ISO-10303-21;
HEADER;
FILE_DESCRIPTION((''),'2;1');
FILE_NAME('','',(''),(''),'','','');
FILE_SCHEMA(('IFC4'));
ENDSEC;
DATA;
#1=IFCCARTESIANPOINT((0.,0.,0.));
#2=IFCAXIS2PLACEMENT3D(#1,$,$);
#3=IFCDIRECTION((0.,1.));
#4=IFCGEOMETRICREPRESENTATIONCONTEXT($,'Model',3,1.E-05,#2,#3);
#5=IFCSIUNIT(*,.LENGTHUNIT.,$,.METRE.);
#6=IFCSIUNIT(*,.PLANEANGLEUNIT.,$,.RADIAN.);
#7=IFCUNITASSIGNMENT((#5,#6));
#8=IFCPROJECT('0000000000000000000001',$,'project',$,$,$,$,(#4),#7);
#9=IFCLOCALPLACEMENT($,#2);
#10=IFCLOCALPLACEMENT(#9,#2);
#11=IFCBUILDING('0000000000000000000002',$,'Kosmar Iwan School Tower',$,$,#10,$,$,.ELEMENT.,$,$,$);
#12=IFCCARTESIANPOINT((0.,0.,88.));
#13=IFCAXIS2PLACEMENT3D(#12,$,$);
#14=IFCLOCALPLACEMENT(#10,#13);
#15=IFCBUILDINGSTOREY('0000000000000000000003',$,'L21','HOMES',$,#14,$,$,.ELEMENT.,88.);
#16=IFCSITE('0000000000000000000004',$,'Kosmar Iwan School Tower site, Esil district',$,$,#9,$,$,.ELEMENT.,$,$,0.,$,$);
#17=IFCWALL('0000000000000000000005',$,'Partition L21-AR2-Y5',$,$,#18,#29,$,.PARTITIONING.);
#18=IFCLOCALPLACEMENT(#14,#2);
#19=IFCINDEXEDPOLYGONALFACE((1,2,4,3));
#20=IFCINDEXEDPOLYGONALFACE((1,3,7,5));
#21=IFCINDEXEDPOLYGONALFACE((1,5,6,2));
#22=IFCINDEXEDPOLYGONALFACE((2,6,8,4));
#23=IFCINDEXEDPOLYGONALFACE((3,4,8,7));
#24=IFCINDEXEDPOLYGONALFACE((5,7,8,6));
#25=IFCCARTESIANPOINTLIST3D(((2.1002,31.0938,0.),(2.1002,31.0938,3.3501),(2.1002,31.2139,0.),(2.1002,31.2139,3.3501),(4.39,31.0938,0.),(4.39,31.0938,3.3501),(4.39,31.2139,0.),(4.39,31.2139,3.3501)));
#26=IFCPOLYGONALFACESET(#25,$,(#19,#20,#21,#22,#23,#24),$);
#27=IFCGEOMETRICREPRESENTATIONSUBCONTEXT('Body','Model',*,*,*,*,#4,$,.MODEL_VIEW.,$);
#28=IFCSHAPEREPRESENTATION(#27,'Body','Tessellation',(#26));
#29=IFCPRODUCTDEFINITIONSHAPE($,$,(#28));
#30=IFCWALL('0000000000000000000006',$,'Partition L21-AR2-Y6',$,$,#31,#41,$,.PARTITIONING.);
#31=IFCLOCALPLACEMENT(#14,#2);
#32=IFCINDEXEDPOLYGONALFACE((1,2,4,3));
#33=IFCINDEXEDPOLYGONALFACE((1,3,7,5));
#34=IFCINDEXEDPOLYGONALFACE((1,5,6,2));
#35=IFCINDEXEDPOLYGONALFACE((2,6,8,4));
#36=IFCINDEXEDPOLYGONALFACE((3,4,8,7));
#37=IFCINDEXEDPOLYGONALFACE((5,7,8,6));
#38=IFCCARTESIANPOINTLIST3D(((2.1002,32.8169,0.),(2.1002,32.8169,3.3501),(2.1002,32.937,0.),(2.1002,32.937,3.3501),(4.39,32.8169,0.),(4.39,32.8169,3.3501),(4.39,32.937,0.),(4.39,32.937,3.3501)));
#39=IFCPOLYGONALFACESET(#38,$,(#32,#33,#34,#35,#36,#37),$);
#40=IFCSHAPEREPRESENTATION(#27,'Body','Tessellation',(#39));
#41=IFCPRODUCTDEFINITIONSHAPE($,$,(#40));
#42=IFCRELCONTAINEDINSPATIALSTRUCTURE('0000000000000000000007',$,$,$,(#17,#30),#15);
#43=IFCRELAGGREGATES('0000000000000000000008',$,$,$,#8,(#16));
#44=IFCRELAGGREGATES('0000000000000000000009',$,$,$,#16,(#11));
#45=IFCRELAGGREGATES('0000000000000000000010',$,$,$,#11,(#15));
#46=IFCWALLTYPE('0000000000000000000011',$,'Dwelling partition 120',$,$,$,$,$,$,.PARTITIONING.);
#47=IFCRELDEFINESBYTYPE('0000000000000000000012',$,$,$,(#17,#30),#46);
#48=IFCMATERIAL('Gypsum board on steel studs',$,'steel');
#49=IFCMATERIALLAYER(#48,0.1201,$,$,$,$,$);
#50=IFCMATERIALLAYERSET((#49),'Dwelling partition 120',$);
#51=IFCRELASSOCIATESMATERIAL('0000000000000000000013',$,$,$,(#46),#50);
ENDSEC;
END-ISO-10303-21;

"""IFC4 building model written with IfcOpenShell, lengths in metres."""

from ifc_helpers import new_model, si_unit, direction, frame, frame_2d, origin, place, context, subcontext, project, spatial, rectangle, extrude, material, layer, layer_set, type_object, element, save


model = new_model("IFC4")

# Units and contexts
model_context = context("Model", 3, precision=1e-05, world=origin(), true_north=direction((0.0, 1.0)))
body_context = subcontext(model_context, "Body", "Model", "MODEL_VIEW")
ifc_project = project(units=[si_unit("LENGTHUNIT", "METRE"), si_unit("PLANEANGLEUNIT", "RADIAN")], contexts=[model_context])

# Site, building, storey
site_placement = place(None, origin())
site = spatial("IfcSite", under=ifc_project, at=site_placement, Name="Kosmar Iwan School Tower site, Esil district", CompositionType="ELEMENT", RefElevation=0.0)
building_placement = place(site_placement, origin())
building = spatial("IfcBuilding", under=site, at=building_placement, Name="Kosmar Iwan School Tower", CompositionType="ELEMENT")
storey_placement = place(building_placement, frame((0.0, 0.0, 88.0)))
storey = spatial("IfcBuildingStorey", under=building, at=storey_placement, Name="L21", Description="HOMES", CompositionType="ELEMENT", Elevation=88.0)

# Walls
ifc_material_1 = material(Name="Gypsum board on steel studs", Category="steel")
ifc_layer_1 = layer(ifc_material_1, 0.1201)
ifc_layer_set_1 = layer_set([ifc_layer_1], Name="Dwelling partition 120")
wall_type = type_object("IfcWallType", Name="Dwelling partition 120", PredefinedType="PARTITIONING", material=ifc_layer_set_1)
for number, where, z_axis, x_axis, name in (
    (1, (2.1001, 31.1538, 0.0), (0.0, 0.0, 1.0), (1.0, 0.0, 0.0), "Partition L21-AR2-Y5"),
    (2, (2.1001, 32.877, 0.0), (0.0, 0.0, 1.0), (1.0, 0.0, 0.0), "Partition L21-AR2-Y6"),
):
    element("IfcWall", number, at=place(storey_placement, frame(where, z_axis=z_axis, x_axis=x_axis)), inside=storey, type_object=wall_type, Name=name, PredefinedType="PARTITIONING", context=body_context, shape_type="SweptSolid", body=[
        extrude(rectangle(XDim=2.2898, YDim=0.1201, at=frame_2d((1.145, 0.0))), origin(), (0.0, 0.0, 1.0), 3.3501),
    ])

save(model, "model.ifc")
